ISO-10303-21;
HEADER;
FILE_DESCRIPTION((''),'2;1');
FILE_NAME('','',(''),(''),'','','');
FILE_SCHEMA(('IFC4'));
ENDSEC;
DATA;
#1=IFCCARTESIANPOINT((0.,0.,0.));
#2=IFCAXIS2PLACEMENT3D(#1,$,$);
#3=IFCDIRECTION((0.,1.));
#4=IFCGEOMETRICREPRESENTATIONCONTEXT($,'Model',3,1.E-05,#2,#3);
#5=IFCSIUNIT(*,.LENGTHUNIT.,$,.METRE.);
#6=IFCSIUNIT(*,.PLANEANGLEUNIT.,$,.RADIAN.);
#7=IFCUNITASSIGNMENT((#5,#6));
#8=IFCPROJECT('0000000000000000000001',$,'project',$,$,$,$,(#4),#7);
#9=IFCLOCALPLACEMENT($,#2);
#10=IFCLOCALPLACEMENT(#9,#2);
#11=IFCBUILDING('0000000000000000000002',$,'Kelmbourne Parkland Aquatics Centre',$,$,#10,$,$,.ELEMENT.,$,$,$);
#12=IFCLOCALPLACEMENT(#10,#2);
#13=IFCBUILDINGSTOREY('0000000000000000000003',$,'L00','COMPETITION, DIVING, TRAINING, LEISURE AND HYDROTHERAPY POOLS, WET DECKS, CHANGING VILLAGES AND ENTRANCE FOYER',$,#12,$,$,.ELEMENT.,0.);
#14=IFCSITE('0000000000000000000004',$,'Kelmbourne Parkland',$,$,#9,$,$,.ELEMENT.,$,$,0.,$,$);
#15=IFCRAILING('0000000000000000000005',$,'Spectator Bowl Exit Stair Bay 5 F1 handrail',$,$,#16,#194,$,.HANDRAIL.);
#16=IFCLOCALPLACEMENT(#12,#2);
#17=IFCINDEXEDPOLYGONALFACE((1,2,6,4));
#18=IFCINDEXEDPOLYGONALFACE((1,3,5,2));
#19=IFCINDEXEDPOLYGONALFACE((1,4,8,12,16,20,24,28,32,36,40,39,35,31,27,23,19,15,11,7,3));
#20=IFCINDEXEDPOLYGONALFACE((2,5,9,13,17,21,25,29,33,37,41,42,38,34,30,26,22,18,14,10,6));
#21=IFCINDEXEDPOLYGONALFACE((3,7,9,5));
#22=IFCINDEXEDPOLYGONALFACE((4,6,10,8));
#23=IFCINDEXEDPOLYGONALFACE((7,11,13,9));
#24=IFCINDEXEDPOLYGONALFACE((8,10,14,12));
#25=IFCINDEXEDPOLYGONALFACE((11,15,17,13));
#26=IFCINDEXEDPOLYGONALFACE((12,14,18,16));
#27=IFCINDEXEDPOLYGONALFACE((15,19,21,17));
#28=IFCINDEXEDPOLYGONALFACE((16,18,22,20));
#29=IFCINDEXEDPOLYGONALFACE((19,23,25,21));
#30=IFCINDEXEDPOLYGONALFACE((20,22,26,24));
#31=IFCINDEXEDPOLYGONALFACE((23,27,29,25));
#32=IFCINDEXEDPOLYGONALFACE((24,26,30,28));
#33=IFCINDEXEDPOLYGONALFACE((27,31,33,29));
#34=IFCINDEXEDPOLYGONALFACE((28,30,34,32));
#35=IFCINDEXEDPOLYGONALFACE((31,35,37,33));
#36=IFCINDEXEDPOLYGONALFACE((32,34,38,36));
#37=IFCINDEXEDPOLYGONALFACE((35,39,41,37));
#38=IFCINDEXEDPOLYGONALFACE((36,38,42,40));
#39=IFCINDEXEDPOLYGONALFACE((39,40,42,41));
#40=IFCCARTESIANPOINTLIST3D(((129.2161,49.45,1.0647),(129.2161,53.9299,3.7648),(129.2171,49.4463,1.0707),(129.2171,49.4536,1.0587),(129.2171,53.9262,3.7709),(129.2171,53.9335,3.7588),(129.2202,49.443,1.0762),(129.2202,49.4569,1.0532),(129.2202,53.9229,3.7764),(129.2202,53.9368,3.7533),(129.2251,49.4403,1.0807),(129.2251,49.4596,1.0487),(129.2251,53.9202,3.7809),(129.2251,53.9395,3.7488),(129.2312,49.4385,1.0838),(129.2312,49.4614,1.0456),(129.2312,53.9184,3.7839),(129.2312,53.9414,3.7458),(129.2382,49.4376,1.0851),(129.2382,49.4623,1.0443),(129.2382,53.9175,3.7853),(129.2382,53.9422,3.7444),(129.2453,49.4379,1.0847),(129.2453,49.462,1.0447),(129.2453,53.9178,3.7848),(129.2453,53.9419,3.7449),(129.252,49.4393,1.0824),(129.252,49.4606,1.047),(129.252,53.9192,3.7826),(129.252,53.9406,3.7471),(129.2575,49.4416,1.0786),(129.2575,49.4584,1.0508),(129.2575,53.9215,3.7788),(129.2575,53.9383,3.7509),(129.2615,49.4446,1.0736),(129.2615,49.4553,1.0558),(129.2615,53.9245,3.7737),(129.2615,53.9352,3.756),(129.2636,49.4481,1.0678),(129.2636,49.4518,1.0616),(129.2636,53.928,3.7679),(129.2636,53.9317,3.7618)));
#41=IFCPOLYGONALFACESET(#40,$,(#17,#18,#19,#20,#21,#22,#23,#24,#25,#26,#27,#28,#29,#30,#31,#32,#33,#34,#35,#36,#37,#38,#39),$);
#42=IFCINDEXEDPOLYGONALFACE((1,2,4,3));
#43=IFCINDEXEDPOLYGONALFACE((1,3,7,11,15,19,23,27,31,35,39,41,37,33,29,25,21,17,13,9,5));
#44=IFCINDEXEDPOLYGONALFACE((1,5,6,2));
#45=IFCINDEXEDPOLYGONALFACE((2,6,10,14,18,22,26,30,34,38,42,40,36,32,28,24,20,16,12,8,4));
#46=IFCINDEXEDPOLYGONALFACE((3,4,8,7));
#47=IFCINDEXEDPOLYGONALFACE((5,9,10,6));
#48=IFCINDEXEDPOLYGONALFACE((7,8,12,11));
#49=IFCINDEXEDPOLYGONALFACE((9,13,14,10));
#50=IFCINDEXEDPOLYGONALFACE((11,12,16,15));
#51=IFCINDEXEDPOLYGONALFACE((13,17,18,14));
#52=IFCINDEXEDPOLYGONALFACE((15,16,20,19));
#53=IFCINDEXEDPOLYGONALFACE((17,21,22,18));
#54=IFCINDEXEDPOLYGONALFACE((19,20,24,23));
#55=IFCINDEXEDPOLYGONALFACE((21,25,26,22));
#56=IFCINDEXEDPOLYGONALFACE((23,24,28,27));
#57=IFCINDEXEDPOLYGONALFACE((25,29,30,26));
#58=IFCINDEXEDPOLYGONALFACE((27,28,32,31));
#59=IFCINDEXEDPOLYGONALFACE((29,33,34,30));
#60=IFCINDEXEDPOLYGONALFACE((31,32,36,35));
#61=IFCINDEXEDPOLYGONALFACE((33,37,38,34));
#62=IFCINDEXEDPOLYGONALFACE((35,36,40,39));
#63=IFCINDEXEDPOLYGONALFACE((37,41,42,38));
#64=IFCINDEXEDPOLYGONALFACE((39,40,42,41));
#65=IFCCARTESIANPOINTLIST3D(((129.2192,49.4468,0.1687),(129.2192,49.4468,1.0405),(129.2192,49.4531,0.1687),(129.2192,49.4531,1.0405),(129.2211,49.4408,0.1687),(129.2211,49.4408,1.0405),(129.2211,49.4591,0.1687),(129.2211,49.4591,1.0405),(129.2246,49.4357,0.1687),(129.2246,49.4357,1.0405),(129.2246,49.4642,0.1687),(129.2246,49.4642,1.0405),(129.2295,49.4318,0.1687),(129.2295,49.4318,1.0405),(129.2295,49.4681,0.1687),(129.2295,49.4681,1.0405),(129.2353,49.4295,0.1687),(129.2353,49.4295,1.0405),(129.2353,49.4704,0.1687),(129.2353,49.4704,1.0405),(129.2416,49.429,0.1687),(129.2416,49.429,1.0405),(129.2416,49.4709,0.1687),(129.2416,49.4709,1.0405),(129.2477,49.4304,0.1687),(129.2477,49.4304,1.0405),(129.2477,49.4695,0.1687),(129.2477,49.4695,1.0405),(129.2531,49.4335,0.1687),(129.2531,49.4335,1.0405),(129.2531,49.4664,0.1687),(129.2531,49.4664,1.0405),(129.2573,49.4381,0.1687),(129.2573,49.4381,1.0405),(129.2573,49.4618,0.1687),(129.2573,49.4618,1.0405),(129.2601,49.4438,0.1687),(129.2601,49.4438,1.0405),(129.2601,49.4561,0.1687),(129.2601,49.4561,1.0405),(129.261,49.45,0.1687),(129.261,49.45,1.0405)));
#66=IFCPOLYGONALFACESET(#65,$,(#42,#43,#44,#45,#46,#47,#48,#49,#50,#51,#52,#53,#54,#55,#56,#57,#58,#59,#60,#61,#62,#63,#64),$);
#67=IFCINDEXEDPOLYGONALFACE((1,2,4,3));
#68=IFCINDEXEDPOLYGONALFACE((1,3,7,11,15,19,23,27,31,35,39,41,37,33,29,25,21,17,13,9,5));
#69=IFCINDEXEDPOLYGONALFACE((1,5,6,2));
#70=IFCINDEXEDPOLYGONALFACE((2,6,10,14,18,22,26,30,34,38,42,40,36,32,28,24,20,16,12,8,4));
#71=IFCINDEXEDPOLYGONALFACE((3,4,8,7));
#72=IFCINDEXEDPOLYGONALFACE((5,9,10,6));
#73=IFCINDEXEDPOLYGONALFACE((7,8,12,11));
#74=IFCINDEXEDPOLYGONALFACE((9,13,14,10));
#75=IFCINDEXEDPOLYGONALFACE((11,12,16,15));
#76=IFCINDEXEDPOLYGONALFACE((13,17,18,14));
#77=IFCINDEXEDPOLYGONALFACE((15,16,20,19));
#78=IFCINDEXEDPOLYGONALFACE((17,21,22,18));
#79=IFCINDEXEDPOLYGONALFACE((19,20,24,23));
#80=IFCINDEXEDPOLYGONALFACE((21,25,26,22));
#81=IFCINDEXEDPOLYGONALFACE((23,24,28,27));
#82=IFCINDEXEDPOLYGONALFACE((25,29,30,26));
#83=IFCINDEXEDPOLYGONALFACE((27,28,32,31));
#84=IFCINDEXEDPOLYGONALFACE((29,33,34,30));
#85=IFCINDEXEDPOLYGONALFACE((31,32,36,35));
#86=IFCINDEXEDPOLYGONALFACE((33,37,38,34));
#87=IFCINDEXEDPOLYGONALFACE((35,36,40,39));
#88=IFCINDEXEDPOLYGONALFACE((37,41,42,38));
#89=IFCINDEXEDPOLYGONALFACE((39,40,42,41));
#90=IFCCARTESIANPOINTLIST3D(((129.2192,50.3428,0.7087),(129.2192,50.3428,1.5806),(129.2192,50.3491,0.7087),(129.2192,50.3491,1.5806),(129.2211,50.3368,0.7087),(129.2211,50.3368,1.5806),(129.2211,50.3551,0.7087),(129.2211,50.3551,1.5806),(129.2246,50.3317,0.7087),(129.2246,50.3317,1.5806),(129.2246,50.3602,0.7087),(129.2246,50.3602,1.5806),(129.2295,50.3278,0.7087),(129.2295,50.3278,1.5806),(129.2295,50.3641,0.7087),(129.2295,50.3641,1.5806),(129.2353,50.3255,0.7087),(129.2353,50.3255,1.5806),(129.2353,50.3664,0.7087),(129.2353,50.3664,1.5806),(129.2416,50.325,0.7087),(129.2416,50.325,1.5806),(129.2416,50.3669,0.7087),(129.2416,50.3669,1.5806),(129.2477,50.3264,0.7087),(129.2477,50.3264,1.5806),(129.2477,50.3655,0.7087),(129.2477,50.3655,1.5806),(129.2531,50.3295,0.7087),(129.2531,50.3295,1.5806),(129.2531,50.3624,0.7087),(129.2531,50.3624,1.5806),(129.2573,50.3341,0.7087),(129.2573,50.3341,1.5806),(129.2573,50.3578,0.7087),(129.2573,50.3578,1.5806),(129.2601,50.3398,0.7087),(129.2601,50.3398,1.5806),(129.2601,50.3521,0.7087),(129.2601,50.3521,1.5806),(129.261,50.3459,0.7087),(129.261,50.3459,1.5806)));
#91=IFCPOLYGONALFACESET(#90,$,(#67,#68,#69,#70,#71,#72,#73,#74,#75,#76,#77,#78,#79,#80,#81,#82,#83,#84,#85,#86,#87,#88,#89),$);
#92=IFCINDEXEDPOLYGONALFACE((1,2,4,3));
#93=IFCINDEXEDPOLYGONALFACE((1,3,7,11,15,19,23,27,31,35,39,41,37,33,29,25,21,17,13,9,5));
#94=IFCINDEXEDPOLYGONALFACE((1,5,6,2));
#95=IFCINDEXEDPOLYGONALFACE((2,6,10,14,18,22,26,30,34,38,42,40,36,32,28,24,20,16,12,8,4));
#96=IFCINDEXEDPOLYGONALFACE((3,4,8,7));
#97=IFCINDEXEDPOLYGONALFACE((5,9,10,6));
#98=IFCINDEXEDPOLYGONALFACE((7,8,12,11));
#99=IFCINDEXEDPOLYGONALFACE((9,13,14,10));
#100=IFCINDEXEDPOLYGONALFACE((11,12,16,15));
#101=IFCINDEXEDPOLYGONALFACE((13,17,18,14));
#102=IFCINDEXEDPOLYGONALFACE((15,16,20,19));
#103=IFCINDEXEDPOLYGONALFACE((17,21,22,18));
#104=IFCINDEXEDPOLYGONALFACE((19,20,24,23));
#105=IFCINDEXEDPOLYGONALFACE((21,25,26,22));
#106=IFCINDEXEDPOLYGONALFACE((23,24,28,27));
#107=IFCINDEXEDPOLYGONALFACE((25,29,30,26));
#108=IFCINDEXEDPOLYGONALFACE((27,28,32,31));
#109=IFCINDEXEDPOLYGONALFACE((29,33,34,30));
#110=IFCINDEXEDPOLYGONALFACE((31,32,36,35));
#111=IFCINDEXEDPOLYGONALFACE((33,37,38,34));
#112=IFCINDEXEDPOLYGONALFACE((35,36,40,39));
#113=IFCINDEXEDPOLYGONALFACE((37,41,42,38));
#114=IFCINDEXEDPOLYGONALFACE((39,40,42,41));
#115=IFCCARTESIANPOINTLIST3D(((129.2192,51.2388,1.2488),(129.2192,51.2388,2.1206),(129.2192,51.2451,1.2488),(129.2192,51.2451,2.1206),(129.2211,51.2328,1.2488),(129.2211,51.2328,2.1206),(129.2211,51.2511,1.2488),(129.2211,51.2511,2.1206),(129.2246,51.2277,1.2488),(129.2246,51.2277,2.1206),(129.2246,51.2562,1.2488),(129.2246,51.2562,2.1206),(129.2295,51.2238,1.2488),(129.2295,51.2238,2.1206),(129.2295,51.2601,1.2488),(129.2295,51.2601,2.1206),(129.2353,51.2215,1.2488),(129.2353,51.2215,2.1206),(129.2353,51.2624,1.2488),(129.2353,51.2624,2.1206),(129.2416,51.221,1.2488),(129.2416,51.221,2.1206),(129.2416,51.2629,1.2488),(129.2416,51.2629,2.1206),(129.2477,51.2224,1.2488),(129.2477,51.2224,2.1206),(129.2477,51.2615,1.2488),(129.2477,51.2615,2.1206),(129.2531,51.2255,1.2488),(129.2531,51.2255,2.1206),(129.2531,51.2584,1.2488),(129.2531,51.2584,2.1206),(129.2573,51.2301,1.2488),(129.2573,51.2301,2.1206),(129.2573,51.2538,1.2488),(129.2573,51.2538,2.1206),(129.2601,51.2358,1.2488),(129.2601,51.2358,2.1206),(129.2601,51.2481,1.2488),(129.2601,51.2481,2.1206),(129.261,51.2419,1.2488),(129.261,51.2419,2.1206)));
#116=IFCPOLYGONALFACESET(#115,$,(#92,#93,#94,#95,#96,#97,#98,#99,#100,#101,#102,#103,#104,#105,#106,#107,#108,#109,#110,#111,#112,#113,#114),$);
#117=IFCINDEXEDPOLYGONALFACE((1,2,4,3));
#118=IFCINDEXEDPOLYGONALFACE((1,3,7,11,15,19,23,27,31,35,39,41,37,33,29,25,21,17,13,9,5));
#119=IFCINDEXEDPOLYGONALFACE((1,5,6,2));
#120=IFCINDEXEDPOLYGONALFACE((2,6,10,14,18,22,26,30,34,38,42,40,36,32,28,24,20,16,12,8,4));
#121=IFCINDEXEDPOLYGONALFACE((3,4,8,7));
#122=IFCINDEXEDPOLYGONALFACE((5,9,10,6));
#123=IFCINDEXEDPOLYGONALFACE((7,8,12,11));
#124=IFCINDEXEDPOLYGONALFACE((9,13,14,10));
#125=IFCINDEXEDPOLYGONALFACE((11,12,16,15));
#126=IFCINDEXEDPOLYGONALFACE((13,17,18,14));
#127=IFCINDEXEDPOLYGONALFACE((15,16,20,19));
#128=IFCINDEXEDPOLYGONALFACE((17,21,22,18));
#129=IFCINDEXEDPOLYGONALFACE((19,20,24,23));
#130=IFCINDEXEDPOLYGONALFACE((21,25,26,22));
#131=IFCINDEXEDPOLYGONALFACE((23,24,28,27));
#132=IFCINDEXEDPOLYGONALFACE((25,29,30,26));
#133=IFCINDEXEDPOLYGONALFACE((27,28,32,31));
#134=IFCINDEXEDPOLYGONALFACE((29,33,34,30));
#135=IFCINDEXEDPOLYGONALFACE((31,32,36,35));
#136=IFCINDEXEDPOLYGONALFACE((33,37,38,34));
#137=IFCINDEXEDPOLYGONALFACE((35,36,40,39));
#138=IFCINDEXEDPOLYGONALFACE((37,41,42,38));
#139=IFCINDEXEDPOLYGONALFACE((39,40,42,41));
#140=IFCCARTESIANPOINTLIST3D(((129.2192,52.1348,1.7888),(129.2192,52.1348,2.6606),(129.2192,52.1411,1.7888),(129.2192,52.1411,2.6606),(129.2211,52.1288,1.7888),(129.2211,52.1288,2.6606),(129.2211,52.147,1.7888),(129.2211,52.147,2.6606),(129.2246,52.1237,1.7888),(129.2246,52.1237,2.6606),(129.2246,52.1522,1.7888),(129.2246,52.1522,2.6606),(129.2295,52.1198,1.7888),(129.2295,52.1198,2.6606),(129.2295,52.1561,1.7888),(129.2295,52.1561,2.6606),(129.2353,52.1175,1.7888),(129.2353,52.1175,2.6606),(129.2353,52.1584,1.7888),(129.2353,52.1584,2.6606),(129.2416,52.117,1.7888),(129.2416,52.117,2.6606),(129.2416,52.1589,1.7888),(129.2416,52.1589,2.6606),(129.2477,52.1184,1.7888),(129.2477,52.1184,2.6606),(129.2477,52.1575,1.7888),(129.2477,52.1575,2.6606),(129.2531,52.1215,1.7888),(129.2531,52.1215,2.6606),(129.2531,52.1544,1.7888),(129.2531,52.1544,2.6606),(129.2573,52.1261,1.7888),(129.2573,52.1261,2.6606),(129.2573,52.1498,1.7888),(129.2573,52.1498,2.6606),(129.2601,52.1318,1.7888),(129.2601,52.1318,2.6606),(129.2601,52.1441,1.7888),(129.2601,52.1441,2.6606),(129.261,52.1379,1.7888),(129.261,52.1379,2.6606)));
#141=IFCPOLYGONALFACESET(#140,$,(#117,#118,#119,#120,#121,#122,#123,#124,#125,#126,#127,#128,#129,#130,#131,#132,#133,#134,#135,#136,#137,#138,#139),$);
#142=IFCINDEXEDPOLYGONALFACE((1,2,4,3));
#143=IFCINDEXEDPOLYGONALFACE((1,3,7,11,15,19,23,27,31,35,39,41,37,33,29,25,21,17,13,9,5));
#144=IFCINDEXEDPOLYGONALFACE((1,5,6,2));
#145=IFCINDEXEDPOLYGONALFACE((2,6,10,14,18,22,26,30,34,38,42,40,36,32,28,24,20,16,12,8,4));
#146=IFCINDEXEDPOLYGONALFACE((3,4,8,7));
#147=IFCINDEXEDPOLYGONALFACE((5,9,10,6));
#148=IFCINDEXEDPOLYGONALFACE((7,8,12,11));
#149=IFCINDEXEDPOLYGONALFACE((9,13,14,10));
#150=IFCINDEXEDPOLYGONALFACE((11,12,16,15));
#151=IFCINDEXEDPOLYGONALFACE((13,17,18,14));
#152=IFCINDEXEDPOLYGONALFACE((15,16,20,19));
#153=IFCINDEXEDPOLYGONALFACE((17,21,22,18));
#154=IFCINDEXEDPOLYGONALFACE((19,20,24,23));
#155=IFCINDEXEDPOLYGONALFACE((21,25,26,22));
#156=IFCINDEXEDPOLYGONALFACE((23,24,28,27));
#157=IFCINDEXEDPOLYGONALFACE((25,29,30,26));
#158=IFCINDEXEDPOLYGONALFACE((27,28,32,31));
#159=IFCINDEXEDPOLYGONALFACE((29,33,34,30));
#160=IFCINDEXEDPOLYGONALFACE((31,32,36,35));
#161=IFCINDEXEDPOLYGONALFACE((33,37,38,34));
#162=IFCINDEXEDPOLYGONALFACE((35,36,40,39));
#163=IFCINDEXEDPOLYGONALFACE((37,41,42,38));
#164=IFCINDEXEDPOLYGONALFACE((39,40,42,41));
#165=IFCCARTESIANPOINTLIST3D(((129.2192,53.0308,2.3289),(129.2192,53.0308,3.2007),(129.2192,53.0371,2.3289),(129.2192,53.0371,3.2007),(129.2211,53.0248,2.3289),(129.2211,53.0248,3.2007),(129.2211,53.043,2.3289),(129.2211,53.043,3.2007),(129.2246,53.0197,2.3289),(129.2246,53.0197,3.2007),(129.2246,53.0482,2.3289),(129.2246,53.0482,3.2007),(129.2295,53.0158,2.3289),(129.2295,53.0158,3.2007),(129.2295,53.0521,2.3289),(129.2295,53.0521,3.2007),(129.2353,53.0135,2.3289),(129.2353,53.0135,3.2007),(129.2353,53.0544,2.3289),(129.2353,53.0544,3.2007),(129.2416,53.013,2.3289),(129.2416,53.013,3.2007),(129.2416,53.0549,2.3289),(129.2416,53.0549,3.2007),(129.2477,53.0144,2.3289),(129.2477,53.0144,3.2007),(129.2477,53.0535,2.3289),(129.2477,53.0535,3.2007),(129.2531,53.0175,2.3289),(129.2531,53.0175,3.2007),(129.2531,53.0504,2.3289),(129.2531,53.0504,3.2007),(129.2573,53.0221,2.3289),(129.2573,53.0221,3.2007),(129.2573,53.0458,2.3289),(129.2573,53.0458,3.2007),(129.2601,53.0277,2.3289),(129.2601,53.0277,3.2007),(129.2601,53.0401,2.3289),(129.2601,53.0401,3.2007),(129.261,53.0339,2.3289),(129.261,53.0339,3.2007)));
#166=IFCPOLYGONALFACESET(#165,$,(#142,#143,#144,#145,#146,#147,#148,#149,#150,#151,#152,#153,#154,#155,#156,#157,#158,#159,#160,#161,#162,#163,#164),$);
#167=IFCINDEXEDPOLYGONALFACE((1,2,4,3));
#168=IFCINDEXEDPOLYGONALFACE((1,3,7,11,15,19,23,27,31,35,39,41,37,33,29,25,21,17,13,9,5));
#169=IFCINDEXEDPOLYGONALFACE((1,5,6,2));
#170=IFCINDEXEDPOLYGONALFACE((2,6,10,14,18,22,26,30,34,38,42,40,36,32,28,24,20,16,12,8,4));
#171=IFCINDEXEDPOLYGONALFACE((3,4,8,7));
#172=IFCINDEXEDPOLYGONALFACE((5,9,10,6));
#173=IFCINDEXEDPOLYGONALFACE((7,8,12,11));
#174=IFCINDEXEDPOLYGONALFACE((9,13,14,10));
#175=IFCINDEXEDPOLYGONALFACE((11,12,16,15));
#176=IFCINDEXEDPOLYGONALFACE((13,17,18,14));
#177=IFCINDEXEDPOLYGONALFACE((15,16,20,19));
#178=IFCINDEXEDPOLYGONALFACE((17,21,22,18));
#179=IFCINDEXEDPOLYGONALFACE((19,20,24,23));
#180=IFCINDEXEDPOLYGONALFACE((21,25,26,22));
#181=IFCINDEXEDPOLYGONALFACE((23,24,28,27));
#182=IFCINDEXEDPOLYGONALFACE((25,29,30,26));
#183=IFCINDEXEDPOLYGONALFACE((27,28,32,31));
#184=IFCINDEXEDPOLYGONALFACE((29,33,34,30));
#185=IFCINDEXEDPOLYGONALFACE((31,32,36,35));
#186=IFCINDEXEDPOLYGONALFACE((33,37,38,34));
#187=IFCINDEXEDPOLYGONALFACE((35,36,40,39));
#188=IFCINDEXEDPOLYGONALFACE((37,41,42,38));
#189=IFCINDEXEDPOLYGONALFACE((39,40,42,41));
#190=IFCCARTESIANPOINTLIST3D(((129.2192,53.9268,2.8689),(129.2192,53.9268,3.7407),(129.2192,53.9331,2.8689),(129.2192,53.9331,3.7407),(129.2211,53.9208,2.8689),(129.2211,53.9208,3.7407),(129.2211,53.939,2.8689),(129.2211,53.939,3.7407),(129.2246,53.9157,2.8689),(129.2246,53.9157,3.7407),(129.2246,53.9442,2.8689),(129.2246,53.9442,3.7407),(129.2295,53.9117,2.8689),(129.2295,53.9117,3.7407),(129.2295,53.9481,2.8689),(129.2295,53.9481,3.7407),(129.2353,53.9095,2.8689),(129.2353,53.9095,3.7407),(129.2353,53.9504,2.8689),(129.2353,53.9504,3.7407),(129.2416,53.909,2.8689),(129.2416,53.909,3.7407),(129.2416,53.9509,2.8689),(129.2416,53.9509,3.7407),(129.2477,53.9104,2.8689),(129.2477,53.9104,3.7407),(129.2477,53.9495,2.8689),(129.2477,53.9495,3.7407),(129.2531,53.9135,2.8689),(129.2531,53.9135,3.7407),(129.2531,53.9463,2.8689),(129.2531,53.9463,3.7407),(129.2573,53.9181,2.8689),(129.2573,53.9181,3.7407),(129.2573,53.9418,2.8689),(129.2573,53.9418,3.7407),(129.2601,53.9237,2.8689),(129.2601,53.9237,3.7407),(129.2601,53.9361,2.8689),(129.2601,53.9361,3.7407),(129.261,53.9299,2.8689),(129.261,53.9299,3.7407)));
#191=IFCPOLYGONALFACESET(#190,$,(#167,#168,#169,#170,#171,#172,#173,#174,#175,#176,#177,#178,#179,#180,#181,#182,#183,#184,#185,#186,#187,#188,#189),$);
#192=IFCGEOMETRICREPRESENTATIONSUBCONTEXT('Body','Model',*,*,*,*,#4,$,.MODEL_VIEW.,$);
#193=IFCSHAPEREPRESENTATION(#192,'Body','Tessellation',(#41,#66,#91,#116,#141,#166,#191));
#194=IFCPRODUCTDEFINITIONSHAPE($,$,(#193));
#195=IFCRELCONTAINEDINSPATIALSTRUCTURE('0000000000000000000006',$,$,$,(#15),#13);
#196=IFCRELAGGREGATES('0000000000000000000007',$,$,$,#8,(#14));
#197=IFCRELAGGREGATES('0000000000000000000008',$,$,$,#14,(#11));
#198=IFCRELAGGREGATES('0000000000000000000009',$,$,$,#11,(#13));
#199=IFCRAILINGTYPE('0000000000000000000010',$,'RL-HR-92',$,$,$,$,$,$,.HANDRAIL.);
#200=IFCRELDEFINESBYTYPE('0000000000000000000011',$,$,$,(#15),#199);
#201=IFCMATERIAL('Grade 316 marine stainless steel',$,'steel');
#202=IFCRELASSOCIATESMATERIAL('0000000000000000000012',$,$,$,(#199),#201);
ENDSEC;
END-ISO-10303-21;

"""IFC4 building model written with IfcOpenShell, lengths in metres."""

from ifc_helpers import new_model, si_unit, direction, frame, origin, origin_2d, place, context, subcontext, project, spatial, circle, extrude, material, type_object, element, save


model = new_model("IFC4")

# Units and contexts
model_context = context("Model", 3, precision=1e-05, world=origin(), true_north=direction((0.0, 1.0)))
body_context = subcontext(model_context, "Body", "Model", "MODEL_VIEW")
ifc_project = project(units=[si_unit("LENGTHUNIT", "METRE"), si_unit("PLANEANGLEUNIT", "RADIAN")], contexts=[model_context])

# Site, building, storey
site_placement = place(None, origin())
site = spatial("IfcSite", under=ifc_project, at=site_placement, Name="Kelmbourne Parkland", CompositionType="ELEMENT", RefElevation=0.0)
building_placement = place(site_placement, origin())
building = spatial("IfcBuilding", under=site, at=building_placement, Name="Kelmbourne Parkland Aquatics Centre", CompositionType="ELEMENT")
storey_placement = place(building_placement, origin())
storey = spatial("IfcBuildingStorey", under=building, at=storey_placement, Name="L00", Description="COMPETITION, DIVING, TRAINING, LEISURE AND HYDROTHERAPY POOLS, WET DECKS, CHANGING VILLAGES AND ENTRANCE FOYER", CompositionType="ELEMENT", Elevation=0.0)

# Railing
ifc_material_1 = material(Name="Grade 316 marine stainless steel", Category="steel")
railing_type = type_object("IfcRailingType", Name="RL-HR-92", PredefinedType="HANDRAIL", material=ifc_material_1)
for number, where, name in (
    (1, (129.24, 49.45, 0.1687), "Spectator Bowl Exit Stair Bay 5 F1 handrail"),
):
    element("IfcRailing", number, at=place(storey_placement, frame(where)), inside=storey, type_object=railing_type, Name=name, PredefinedType="HANDRAIL", context=body_context, shape_type="SweptSolid", body=[
        extrude(circle(Radius=0.0239, at=origin_2d()), frame((0.0, 0.0, 0.896), z_axis=(0.0, 0.856462, 0.516211), x_axis=(-1.0, 0.0, 0.0)), (0.0, 0.0, 1.0), 5.2307),
        extrude(circle(Radius=0.021, at=origin_2d()), origin(), (0.0, 0.0, 1.0), 0.8718),
        extrude(circle(Radius=0.021, at=origin_2d()), frame((0.0, 0.896, 0.54)), (0.0, 0.0, 1.0), 0.8718),
        extrude(circle(Radius=0.021, at=origin_2d()), frame((0.0, 1.792, 1.0801)), (0.0, 0.0, 1.0), 0.8718),
        extrude(circle(Radius=0.021, at=origin_2d()), frame((0.0, 2.688, 1.6201)), (0.0, 0.0, 1.0), 0.8718),
        extrude(circle(Radius=0.021, at=origin_2d()), frame((0.0, 3.584, 2.1602)), (0.0, 0.0, 1.0), 0.8718),
        extrude(circle(Radius=0.021, at=origin_2d()), frame((0.0, 4.48, 2.7002)), (0.0, 0.0, 1.0), 0.8718),
    ])

save(model, "model.ifc")
